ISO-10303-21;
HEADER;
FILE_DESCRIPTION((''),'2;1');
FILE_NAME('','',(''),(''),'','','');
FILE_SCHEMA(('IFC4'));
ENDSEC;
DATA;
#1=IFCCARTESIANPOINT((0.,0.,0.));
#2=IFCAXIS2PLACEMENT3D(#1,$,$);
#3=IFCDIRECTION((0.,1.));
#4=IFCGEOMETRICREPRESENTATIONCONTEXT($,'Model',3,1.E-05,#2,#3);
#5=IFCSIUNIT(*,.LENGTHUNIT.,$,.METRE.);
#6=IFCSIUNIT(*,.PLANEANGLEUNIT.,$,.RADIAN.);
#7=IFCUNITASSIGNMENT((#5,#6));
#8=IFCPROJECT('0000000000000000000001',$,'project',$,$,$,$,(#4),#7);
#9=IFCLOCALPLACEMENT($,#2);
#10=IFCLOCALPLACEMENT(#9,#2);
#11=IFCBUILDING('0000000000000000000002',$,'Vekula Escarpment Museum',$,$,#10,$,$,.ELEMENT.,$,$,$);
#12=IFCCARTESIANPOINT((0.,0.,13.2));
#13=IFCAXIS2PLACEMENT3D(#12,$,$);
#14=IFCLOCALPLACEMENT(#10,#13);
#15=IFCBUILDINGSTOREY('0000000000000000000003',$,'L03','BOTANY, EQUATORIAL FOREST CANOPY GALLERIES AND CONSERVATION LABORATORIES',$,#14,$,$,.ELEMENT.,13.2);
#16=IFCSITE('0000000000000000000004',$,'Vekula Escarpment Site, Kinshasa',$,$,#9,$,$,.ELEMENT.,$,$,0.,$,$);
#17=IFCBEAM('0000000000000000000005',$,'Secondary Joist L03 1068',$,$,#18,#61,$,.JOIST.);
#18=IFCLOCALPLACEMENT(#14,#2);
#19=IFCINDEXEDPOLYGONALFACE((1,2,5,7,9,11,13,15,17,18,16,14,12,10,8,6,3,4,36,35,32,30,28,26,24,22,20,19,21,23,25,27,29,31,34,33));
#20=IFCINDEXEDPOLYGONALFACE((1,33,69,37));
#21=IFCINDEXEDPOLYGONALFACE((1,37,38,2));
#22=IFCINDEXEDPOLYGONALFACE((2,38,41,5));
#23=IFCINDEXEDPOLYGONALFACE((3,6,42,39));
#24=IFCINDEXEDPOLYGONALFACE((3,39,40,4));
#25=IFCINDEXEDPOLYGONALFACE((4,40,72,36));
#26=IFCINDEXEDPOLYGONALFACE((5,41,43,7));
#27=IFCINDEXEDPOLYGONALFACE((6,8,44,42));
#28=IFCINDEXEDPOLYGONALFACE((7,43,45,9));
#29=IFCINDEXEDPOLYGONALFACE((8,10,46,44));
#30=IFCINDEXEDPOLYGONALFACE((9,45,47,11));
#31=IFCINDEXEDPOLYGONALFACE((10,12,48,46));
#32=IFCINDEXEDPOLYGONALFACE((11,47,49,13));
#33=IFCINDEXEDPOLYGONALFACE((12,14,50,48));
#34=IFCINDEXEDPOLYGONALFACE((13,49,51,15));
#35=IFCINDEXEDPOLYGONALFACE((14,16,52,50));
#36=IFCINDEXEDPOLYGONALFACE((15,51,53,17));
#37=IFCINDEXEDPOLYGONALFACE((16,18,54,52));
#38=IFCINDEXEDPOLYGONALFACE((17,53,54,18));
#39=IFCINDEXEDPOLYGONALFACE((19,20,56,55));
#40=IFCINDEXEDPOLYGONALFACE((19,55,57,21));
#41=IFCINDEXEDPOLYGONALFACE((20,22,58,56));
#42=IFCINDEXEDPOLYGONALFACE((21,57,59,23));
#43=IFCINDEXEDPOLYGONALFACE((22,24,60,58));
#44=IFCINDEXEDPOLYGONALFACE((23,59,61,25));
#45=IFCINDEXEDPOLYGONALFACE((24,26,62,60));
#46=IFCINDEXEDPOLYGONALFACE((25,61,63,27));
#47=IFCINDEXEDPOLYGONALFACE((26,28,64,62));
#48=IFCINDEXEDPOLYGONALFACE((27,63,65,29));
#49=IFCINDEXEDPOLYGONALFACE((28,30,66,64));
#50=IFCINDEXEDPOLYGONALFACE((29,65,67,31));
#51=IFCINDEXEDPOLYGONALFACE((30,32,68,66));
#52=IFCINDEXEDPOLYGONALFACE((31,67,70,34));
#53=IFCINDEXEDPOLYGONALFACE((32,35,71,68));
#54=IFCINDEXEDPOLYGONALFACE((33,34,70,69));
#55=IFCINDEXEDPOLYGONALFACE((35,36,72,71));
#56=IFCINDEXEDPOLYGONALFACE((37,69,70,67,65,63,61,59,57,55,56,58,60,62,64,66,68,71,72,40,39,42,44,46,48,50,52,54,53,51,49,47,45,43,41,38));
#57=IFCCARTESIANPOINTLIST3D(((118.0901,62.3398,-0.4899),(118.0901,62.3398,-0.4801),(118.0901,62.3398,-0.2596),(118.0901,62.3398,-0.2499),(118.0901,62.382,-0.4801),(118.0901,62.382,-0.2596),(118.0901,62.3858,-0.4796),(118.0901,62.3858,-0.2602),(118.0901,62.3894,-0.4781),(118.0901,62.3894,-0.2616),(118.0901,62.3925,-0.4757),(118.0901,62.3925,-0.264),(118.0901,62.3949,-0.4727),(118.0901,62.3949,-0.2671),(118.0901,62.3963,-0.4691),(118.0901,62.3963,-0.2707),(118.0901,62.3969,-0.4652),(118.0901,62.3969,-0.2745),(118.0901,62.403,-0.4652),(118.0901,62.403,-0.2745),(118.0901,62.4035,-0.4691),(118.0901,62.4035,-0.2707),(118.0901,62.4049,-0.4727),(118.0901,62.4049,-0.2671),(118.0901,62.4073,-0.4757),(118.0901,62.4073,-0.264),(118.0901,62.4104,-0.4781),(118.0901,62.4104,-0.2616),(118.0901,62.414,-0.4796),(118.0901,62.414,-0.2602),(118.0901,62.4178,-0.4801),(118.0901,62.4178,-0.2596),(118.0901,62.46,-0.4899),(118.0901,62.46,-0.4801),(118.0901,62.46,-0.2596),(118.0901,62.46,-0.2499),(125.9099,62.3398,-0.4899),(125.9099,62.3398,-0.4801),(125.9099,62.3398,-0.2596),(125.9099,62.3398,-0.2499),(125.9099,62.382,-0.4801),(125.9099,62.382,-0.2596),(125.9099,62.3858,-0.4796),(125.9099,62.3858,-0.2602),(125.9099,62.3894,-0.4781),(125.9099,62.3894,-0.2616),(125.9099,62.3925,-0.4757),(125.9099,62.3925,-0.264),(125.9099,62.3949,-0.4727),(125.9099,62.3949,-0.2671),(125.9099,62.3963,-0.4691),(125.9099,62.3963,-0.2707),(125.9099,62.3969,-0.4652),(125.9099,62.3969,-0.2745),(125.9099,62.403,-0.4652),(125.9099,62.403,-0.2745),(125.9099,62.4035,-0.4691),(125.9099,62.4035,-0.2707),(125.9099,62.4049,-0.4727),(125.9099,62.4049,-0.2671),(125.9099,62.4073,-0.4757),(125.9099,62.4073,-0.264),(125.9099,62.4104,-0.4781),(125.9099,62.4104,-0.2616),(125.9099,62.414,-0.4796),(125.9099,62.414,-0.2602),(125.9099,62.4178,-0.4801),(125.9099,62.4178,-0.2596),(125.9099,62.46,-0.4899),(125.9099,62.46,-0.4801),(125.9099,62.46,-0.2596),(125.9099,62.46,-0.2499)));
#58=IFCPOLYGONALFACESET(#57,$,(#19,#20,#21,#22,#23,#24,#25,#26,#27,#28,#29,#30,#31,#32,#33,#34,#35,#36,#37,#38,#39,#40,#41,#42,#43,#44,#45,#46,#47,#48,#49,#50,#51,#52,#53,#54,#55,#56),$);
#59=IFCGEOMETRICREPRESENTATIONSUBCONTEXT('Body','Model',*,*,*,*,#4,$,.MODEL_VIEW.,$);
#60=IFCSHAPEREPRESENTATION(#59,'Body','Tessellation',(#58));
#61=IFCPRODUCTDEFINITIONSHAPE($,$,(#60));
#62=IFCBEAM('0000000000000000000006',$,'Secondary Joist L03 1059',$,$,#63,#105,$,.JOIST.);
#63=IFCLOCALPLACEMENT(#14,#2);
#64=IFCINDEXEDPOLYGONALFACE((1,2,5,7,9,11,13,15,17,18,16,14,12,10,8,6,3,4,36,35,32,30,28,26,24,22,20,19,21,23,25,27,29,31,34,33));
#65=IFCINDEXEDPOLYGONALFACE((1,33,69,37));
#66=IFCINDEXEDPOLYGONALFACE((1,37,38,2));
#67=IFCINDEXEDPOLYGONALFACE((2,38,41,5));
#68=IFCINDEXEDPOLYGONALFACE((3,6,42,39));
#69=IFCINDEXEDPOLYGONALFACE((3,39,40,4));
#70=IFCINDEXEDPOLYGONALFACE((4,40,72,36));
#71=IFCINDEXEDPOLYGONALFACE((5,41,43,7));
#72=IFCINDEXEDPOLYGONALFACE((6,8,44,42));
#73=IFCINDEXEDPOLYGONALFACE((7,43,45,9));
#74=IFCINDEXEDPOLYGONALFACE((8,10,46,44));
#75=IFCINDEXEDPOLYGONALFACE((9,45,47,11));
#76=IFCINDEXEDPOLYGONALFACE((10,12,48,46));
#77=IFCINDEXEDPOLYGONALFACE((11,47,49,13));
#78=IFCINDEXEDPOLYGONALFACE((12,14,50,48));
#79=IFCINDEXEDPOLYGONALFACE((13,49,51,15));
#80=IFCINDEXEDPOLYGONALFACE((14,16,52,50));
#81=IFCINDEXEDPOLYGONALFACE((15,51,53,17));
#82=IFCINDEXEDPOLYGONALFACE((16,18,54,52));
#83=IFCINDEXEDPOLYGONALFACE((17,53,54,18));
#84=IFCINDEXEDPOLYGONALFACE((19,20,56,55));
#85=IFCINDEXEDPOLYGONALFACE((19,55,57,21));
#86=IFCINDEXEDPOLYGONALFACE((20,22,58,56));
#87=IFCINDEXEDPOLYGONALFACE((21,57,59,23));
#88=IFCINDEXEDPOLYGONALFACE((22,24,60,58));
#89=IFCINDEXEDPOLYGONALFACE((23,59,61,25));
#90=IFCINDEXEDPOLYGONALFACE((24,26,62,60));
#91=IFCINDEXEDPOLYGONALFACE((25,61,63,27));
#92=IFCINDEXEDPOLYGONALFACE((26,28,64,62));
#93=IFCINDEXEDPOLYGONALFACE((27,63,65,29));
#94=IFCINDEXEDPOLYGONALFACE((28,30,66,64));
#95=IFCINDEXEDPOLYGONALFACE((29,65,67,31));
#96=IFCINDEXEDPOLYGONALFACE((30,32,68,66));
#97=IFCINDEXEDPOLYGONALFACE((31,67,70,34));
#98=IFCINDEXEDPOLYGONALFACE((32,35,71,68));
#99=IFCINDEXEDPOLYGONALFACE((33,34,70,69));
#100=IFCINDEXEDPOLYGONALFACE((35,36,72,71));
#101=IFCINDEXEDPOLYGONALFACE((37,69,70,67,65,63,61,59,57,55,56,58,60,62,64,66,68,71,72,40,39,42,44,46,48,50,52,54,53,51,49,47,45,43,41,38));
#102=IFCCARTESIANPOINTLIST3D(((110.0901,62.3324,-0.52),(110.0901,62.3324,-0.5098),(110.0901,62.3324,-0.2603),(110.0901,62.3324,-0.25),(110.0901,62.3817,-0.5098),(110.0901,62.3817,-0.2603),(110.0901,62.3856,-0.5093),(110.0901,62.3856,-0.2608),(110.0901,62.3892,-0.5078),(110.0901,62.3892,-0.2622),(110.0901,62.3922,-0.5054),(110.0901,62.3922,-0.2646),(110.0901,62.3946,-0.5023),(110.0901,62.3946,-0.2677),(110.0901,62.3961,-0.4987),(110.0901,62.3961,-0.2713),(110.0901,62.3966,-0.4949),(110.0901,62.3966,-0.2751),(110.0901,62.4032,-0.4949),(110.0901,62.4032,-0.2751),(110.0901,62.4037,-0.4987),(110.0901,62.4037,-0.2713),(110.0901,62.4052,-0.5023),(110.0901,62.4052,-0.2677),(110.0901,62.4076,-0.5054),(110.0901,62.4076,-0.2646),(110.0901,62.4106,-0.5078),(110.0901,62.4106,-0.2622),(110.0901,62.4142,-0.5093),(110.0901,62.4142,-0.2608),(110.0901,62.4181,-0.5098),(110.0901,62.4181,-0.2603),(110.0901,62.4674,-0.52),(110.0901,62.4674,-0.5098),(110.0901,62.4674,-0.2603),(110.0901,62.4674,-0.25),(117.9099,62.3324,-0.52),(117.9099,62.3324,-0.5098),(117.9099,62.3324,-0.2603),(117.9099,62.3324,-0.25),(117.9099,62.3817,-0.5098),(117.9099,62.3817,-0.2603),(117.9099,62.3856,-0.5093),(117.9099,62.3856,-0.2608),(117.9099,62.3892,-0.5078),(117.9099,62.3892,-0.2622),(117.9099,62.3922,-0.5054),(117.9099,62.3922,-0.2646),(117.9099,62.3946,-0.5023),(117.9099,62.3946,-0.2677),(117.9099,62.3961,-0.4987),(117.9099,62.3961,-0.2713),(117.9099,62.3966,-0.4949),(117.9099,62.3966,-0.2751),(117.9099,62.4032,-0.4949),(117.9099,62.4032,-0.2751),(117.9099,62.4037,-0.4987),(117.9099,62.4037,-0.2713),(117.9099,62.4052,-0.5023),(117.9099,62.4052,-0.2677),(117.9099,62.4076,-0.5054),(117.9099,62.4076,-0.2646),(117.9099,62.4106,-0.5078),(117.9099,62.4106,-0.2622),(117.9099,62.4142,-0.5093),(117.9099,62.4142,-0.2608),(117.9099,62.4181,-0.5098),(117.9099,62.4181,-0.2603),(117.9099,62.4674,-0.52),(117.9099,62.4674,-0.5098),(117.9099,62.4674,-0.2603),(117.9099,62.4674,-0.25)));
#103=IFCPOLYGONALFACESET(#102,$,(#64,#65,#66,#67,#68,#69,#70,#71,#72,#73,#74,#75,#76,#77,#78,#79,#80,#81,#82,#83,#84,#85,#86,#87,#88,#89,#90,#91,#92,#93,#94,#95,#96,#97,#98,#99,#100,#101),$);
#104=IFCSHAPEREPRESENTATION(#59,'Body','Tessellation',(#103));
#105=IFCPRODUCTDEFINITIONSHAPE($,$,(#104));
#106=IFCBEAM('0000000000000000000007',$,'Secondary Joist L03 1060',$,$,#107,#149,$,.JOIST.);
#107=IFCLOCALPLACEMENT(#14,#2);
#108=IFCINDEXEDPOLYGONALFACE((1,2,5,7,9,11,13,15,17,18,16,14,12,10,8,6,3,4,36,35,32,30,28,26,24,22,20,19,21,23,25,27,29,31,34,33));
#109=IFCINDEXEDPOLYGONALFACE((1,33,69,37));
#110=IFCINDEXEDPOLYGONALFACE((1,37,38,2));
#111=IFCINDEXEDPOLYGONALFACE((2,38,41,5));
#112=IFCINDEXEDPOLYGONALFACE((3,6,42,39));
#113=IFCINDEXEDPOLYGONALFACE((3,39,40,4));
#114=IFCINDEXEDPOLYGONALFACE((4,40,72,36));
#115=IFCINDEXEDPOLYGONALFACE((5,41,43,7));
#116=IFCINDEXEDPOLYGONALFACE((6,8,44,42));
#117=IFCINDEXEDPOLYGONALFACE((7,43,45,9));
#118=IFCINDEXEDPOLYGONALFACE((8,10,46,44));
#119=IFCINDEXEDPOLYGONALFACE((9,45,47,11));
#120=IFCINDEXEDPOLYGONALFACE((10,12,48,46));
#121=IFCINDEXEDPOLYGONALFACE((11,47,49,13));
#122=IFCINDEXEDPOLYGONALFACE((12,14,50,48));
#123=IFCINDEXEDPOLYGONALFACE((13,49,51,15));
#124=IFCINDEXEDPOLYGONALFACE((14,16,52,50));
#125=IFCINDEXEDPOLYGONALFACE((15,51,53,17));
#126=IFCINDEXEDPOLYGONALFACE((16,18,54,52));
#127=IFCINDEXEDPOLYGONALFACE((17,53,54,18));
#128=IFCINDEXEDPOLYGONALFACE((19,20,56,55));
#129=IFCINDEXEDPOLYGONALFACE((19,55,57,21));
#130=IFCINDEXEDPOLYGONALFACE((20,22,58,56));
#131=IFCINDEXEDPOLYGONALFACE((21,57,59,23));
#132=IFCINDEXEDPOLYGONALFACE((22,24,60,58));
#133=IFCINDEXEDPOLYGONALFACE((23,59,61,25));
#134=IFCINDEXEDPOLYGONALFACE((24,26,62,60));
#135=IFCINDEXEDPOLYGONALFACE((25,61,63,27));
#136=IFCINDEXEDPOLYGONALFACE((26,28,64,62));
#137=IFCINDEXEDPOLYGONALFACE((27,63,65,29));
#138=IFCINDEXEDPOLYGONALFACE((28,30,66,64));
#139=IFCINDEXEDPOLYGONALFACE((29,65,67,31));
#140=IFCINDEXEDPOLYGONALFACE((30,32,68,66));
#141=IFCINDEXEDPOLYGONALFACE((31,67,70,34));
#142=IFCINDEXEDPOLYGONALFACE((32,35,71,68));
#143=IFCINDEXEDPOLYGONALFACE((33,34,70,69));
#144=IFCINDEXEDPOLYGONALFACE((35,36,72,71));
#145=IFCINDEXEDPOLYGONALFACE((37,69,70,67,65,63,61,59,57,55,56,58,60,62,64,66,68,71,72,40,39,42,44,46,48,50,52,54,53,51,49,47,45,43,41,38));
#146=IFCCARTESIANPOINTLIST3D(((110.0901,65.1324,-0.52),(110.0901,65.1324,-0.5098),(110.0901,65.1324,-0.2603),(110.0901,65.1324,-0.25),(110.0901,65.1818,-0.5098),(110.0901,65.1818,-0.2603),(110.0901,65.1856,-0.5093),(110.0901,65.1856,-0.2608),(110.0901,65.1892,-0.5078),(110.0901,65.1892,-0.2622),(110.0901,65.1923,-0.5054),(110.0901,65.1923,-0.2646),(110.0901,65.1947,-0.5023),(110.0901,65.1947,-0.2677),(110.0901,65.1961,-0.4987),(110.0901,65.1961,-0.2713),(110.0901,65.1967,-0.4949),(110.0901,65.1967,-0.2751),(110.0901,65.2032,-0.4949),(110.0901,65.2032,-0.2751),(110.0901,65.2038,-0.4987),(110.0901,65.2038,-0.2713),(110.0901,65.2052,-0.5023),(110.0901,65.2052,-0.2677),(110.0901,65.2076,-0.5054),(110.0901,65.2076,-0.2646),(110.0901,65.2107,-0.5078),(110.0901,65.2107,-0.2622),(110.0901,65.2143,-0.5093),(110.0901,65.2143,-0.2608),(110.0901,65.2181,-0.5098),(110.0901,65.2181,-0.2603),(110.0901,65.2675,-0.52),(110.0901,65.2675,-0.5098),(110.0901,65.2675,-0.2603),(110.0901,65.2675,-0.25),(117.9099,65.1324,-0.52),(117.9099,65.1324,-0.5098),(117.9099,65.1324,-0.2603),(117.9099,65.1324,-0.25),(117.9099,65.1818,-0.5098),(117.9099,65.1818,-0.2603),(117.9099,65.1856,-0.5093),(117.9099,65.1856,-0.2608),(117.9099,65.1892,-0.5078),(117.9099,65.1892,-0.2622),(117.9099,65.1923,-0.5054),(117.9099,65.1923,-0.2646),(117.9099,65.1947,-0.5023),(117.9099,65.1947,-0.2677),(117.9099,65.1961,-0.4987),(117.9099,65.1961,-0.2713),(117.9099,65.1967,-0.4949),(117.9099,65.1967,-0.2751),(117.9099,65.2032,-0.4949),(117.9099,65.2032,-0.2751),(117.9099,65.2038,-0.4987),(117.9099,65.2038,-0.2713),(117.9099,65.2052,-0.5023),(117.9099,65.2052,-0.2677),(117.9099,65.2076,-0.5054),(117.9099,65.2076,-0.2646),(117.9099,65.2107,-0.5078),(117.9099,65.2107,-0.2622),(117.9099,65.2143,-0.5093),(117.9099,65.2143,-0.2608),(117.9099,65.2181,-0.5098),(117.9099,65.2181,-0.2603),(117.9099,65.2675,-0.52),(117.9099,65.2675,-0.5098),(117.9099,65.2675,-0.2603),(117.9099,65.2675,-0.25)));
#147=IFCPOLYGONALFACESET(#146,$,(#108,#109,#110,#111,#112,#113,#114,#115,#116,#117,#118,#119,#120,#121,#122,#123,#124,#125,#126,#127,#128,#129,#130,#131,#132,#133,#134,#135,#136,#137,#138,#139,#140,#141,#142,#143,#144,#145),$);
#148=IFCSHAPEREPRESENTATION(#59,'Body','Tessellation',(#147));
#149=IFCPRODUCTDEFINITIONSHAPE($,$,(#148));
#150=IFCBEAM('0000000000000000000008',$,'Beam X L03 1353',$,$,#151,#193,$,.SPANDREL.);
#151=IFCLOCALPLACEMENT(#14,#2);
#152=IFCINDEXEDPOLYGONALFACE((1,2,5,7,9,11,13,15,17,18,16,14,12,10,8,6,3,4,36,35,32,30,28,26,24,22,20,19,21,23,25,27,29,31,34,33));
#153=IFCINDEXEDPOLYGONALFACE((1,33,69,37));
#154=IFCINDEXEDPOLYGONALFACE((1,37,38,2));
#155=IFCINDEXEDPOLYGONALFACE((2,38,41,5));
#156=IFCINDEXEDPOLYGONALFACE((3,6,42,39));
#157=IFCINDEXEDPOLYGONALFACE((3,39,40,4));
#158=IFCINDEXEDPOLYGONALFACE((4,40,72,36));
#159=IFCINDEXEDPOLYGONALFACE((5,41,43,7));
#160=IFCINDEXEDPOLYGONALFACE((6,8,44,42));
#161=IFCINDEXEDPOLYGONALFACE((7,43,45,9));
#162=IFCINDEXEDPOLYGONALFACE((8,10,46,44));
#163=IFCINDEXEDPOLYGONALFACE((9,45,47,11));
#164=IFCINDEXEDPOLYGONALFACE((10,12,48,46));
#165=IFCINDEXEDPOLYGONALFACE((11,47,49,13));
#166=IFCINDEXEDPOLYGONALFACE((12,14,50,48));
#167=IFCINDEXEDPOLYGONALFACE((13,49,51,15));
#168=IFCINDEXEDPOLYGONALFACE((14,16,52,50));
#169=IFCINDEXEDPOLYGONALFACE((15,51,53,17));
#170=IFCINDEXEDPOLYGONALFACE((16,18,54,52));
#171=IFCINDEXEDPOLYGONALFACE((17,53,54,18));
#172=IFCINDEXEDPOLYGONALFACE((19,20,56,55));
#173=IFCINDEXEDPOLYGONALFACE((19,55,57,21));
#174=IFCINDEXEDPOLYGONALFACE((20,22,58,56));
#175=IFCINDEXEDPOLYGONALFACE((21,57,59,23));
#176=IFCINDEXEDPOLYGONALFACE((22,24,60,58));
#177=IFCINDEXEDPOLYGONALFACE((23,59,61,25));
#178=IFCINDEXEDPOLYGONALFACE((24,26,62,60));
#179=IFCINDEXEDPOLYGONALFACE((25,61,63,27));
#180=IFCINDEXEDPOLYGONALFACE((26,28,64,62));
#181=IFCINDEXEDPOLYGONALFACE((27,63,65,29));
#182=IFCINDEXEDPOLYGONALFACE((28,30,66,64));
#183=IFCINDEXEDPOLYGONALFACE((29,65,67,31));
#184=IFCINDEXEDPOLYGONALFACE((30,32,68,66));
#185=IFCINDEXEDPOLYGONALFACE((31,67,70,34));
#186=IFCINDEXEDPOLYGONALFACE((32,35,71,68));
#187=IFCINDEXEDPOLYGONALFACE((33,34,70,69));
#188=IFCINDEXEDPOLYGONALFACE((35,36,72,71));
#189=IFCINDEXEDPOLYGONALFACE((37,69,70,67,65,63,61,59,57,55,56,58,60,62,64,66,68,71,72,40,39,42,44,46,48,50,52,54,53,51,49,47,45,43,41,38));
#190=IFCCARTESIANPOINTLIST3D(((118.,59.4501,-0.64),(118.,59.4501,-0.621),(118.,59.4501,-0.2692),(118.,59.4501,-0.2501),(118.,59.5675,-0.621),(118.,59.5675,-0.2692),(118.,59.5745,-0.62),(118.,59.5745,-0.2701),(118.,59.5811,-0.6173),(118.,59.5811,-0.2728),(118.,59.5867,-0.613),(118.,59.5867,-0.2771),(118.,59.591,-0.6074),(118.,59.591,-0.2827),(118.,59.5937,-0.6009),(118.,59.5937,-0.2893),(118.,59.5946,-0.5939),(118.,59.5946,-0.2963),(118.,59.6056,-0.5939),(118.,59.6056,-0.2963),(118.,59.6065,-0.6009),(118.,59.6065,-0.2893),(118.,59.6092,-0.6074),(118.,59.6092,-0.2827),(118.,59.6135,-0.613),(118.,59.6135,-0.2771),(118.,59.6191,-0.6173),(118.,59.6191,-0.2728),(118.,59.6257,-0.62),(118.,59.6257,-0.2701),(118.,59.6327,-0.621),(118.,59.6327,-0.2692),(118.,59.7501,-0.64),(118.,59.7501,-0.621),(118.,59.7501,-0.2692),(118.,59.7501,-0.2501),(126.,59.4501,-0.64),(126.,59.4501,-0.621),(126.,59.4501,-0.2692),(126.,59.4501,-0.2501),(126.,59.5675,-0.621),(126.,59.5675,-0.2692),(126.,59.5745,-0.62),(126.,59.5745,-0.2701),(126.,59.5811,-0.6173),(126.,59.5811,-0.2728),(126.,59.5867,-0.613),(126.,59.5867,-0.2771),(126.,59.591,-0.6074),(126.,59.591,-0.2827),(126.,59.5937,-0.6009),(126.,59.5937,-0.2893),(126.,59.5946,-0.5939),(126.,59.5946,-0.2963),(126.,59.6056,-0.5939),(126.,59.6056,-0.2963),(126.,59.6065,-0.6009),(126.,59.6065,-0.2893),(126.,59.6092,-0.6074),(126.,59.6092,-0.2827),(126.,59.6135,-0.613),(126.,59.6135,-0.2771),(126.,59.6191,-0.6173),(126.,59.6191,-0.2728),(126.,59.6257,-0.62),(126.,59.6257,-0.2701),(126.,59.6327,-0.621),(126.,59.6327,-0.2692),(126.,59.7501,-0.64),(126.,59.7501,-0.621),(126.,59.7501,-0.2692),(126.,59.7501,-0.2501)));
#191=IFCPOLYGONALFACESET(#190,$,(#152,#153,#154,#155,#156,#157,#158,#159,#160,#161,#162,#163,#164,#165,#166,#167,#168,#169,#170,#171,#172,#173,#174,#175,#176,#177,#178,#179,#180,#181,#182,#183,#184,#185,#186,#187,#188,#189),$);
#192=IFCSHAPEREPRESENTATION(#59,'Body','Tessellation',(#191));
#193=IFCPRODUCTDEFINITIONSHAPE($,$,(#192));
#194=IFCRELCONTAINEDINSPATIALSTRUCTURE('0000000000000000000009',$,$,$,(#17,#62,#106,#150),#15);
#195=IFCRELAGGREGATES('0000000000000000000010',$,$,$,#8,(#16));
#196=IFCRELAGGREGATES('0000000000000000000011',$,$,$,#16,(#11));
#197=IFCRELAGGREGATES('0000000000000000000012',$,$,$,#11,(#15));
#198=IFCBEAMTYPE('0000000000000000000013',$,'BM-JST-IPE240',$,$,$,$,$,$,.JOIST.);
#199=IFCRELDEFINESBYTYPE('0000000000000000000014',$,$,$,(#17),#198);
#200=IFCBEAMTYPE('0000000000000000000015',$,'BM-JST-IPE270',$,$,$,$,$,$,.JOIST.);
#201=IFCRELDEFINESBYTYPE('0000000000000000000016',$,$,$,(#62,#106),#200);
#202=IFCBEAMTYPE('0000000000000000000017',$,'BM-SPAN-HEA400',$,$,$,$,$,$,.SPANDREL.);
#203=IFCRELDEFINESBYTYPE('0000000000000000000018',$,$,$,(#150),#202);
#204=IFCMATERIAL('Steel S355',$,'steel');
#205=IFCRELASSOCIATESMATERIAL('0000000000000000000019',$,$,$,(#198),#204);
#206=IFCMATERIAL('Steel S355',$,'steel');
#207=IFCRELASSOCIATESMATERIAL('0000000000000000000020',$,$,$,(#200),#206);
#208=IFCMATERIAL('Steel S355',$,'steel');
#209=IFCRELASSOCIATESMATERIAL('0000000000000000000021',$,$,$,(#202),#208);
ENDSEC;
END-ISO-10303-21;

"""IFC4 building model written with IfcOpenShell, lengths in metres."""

from ifc_helpers import new_model, si_unit, direction, frame, origin, origin_2d, place, context, subcontext, project, spatial, i_section, extrude, material, material_profile, profile_set, type_object, element, save


model = new_model("IFC4")

# Units and contexts
model_context = context("Model", 3, precision=1e-05, world=origin(), true_north=direction((0.0, 1.0)))
body_context = subcontext(model_context, "Body", "Model", "MODEL_VIEW")
ifc_project = project(units=[si_unit("LENGTHUNIT", "METRE"), si_unit("PLANEANGLEUNIT", "RADIAN")], contexts=[model_context])

# Site, building, storey
site_placement = place(None, origin())
site = spatial("IfcSite", under=ifc_project, at=site_placement, Name="Vekula Escarpment Site, Kinshasa", CompositionType="ELEMENT", RefElevation=0.0)
building_placement = place(site_placement, origin())
building = spatial("IfcBuilding", under=site, at=building_placement, Name="Vekula Escarpment Museum", CompositionType="ELEMENT")
storey_placement = place(building_placement, frame((0.0, 0.0, 13.2)))
storey = spatial("IfcBuildingStorey", under=building, at=storey_placement, Name="L03", Description="BOTANY, EQUATORIAL FOREST CANOPY GALLERIES AND CONSERVATION LABORATORIES", CompositionType="ELEMENT", Elevation=13.2)

# Beams
ifc_material_1 = material(Name="Steel S355", Category="steel")
ifc_material_profile_1 = material_profile(ifc_material_1, i_section(OverallWidth=0.1201, OverallDepth=0.24, WebThickness=0.0061, FlangeThickness=0.0098, FilletRadius=0.0149, at=origin_2d()), Name="IPE 240")
ifc_profile_set_1 = profile_set([ifc_material_profile_1], Name="Steel S355")
beam_type_1 = type_object("IfcBeamType", Name="BM-JST-IPE240", PredefinedType="JOIST", material=ifc_profile_set_1)
for number, where, z_axis, x_axis, name in (
    (1, (118.0901, 62.3999, -0.3699), (1.0, 0.0, 0.0), (0.0, 1.0, 0.0), "Secondary Joist L03 1068"),
):
    element("IfcBeam", number, at=place(storey_placement, frame(where, z_axis=z_axis, x_axis=x_axis)), inside=storey, type_object=beam_type_1, Name=name, PredefinedType="JOIST", context=body_context, shape_type="SweptSolid", body=[
        extrude(i_section(OverallWidth=0.1201, OverallDepth=0.24, WebThickness=0.0061, FlangeThickness=0.0098, FilletRadius=0.0149, at=origin_2d()), origin(), (0.0, 0.0, 1.0), 7.8198),
    ])
ifc_material_2 = material(Name="Steel S355", Category="steel")
ifc_material_profile_2 = material_profile(ifc_material_2, i_section(OverallWidth=0.135, OverallDepth=0.27, WebThickness=0.0066, FlangeThickness=0.0103, FilletRadius=0.0149, at=origin_2d()), Name="IPE 270")
ifc_profile_set_2 = profile_set([ifc_material_profile_2], Name="Steel S355")
beam_type_2 = type_object("IfcBeamType", Name="BM-JST-IPE270", PredefinedType="JOIST", material=ifc_profile_set_2)
for number, where, z_axis, x_axis, name in (
    (2, (110.0901, 62.3999, -0.385), (1.0, 0.0, 0.0), (0.0, 1.0, 0.0), "Secondary Joist L03 1059"),
    (3, (110.0901, 65.2, -0.385), (1.0, 0.0, 0.0), (0.0, 1.0, 0.0), "Secondary Joist L03 1060"),
):
    element("IfcBeam", number, at=place(storey_placement, frame(where, z_axis=z_axis, x_axis=x_axis)), inside=storey, type_object=beam_type_2, Name=name, PredefinedType="JOIST", context=body_context, shape_type="SweptSolid", body=[
        extrude(i_section(OverallWidth=0.135, OverallDepth=0.27, WebThickness=0.0066, FlangeThickness=0.0103, FilletRadius=0.0149, at=origin_2d()), origin(), (0.0, 0.0, 1.0), 7.8198),
    ])
ifc_material_3 = material(Name="Steel S355", Category="steel")
ifc_material_profile_3 = material_profile(ifc_material_3, i_section(OverallWidth=0.3, OverallDepth=0.3899, WebThickness=0.011, FlangeThickness=0.019, FilletRadius=0.0271, at=origin_2d()), Name="HEA 400")
ifc_profile_set_3 = profile_set([ifc_material_profile_3], Name="Steel S355")
beam_type_3 = type_object("IfcBeamType", Name="BM-SPAN-HEA400", PredefinedType="SPANDREL", material=ifc_profile_set_3)
beam_1_placement = place(storey_placement, frame((118.0, 59.6001, -0.4451), z_axis=(1.0, 0.0, 0.0), x_axis=(0.0, 1.0, 0.0)))
element("IfcBeam", 4, at=beam_1_placement, inside=storey, type_object=beam_type_3, Name="Beam X L03 1353", PredefinedType="SPANDREL", context=body_context, shape_type="SweptSolid", body=[
    extrude(i_section(OverallWidth=0.3, OverallDepth=0.3899, WebThickness=0.011, FlangeThickness=0.019, FilletRadius=0.0271, at=origin_2d()), origin(), (0.0, 0.0, 1.0), 8.0),
])

save(model, "model.ifc")
